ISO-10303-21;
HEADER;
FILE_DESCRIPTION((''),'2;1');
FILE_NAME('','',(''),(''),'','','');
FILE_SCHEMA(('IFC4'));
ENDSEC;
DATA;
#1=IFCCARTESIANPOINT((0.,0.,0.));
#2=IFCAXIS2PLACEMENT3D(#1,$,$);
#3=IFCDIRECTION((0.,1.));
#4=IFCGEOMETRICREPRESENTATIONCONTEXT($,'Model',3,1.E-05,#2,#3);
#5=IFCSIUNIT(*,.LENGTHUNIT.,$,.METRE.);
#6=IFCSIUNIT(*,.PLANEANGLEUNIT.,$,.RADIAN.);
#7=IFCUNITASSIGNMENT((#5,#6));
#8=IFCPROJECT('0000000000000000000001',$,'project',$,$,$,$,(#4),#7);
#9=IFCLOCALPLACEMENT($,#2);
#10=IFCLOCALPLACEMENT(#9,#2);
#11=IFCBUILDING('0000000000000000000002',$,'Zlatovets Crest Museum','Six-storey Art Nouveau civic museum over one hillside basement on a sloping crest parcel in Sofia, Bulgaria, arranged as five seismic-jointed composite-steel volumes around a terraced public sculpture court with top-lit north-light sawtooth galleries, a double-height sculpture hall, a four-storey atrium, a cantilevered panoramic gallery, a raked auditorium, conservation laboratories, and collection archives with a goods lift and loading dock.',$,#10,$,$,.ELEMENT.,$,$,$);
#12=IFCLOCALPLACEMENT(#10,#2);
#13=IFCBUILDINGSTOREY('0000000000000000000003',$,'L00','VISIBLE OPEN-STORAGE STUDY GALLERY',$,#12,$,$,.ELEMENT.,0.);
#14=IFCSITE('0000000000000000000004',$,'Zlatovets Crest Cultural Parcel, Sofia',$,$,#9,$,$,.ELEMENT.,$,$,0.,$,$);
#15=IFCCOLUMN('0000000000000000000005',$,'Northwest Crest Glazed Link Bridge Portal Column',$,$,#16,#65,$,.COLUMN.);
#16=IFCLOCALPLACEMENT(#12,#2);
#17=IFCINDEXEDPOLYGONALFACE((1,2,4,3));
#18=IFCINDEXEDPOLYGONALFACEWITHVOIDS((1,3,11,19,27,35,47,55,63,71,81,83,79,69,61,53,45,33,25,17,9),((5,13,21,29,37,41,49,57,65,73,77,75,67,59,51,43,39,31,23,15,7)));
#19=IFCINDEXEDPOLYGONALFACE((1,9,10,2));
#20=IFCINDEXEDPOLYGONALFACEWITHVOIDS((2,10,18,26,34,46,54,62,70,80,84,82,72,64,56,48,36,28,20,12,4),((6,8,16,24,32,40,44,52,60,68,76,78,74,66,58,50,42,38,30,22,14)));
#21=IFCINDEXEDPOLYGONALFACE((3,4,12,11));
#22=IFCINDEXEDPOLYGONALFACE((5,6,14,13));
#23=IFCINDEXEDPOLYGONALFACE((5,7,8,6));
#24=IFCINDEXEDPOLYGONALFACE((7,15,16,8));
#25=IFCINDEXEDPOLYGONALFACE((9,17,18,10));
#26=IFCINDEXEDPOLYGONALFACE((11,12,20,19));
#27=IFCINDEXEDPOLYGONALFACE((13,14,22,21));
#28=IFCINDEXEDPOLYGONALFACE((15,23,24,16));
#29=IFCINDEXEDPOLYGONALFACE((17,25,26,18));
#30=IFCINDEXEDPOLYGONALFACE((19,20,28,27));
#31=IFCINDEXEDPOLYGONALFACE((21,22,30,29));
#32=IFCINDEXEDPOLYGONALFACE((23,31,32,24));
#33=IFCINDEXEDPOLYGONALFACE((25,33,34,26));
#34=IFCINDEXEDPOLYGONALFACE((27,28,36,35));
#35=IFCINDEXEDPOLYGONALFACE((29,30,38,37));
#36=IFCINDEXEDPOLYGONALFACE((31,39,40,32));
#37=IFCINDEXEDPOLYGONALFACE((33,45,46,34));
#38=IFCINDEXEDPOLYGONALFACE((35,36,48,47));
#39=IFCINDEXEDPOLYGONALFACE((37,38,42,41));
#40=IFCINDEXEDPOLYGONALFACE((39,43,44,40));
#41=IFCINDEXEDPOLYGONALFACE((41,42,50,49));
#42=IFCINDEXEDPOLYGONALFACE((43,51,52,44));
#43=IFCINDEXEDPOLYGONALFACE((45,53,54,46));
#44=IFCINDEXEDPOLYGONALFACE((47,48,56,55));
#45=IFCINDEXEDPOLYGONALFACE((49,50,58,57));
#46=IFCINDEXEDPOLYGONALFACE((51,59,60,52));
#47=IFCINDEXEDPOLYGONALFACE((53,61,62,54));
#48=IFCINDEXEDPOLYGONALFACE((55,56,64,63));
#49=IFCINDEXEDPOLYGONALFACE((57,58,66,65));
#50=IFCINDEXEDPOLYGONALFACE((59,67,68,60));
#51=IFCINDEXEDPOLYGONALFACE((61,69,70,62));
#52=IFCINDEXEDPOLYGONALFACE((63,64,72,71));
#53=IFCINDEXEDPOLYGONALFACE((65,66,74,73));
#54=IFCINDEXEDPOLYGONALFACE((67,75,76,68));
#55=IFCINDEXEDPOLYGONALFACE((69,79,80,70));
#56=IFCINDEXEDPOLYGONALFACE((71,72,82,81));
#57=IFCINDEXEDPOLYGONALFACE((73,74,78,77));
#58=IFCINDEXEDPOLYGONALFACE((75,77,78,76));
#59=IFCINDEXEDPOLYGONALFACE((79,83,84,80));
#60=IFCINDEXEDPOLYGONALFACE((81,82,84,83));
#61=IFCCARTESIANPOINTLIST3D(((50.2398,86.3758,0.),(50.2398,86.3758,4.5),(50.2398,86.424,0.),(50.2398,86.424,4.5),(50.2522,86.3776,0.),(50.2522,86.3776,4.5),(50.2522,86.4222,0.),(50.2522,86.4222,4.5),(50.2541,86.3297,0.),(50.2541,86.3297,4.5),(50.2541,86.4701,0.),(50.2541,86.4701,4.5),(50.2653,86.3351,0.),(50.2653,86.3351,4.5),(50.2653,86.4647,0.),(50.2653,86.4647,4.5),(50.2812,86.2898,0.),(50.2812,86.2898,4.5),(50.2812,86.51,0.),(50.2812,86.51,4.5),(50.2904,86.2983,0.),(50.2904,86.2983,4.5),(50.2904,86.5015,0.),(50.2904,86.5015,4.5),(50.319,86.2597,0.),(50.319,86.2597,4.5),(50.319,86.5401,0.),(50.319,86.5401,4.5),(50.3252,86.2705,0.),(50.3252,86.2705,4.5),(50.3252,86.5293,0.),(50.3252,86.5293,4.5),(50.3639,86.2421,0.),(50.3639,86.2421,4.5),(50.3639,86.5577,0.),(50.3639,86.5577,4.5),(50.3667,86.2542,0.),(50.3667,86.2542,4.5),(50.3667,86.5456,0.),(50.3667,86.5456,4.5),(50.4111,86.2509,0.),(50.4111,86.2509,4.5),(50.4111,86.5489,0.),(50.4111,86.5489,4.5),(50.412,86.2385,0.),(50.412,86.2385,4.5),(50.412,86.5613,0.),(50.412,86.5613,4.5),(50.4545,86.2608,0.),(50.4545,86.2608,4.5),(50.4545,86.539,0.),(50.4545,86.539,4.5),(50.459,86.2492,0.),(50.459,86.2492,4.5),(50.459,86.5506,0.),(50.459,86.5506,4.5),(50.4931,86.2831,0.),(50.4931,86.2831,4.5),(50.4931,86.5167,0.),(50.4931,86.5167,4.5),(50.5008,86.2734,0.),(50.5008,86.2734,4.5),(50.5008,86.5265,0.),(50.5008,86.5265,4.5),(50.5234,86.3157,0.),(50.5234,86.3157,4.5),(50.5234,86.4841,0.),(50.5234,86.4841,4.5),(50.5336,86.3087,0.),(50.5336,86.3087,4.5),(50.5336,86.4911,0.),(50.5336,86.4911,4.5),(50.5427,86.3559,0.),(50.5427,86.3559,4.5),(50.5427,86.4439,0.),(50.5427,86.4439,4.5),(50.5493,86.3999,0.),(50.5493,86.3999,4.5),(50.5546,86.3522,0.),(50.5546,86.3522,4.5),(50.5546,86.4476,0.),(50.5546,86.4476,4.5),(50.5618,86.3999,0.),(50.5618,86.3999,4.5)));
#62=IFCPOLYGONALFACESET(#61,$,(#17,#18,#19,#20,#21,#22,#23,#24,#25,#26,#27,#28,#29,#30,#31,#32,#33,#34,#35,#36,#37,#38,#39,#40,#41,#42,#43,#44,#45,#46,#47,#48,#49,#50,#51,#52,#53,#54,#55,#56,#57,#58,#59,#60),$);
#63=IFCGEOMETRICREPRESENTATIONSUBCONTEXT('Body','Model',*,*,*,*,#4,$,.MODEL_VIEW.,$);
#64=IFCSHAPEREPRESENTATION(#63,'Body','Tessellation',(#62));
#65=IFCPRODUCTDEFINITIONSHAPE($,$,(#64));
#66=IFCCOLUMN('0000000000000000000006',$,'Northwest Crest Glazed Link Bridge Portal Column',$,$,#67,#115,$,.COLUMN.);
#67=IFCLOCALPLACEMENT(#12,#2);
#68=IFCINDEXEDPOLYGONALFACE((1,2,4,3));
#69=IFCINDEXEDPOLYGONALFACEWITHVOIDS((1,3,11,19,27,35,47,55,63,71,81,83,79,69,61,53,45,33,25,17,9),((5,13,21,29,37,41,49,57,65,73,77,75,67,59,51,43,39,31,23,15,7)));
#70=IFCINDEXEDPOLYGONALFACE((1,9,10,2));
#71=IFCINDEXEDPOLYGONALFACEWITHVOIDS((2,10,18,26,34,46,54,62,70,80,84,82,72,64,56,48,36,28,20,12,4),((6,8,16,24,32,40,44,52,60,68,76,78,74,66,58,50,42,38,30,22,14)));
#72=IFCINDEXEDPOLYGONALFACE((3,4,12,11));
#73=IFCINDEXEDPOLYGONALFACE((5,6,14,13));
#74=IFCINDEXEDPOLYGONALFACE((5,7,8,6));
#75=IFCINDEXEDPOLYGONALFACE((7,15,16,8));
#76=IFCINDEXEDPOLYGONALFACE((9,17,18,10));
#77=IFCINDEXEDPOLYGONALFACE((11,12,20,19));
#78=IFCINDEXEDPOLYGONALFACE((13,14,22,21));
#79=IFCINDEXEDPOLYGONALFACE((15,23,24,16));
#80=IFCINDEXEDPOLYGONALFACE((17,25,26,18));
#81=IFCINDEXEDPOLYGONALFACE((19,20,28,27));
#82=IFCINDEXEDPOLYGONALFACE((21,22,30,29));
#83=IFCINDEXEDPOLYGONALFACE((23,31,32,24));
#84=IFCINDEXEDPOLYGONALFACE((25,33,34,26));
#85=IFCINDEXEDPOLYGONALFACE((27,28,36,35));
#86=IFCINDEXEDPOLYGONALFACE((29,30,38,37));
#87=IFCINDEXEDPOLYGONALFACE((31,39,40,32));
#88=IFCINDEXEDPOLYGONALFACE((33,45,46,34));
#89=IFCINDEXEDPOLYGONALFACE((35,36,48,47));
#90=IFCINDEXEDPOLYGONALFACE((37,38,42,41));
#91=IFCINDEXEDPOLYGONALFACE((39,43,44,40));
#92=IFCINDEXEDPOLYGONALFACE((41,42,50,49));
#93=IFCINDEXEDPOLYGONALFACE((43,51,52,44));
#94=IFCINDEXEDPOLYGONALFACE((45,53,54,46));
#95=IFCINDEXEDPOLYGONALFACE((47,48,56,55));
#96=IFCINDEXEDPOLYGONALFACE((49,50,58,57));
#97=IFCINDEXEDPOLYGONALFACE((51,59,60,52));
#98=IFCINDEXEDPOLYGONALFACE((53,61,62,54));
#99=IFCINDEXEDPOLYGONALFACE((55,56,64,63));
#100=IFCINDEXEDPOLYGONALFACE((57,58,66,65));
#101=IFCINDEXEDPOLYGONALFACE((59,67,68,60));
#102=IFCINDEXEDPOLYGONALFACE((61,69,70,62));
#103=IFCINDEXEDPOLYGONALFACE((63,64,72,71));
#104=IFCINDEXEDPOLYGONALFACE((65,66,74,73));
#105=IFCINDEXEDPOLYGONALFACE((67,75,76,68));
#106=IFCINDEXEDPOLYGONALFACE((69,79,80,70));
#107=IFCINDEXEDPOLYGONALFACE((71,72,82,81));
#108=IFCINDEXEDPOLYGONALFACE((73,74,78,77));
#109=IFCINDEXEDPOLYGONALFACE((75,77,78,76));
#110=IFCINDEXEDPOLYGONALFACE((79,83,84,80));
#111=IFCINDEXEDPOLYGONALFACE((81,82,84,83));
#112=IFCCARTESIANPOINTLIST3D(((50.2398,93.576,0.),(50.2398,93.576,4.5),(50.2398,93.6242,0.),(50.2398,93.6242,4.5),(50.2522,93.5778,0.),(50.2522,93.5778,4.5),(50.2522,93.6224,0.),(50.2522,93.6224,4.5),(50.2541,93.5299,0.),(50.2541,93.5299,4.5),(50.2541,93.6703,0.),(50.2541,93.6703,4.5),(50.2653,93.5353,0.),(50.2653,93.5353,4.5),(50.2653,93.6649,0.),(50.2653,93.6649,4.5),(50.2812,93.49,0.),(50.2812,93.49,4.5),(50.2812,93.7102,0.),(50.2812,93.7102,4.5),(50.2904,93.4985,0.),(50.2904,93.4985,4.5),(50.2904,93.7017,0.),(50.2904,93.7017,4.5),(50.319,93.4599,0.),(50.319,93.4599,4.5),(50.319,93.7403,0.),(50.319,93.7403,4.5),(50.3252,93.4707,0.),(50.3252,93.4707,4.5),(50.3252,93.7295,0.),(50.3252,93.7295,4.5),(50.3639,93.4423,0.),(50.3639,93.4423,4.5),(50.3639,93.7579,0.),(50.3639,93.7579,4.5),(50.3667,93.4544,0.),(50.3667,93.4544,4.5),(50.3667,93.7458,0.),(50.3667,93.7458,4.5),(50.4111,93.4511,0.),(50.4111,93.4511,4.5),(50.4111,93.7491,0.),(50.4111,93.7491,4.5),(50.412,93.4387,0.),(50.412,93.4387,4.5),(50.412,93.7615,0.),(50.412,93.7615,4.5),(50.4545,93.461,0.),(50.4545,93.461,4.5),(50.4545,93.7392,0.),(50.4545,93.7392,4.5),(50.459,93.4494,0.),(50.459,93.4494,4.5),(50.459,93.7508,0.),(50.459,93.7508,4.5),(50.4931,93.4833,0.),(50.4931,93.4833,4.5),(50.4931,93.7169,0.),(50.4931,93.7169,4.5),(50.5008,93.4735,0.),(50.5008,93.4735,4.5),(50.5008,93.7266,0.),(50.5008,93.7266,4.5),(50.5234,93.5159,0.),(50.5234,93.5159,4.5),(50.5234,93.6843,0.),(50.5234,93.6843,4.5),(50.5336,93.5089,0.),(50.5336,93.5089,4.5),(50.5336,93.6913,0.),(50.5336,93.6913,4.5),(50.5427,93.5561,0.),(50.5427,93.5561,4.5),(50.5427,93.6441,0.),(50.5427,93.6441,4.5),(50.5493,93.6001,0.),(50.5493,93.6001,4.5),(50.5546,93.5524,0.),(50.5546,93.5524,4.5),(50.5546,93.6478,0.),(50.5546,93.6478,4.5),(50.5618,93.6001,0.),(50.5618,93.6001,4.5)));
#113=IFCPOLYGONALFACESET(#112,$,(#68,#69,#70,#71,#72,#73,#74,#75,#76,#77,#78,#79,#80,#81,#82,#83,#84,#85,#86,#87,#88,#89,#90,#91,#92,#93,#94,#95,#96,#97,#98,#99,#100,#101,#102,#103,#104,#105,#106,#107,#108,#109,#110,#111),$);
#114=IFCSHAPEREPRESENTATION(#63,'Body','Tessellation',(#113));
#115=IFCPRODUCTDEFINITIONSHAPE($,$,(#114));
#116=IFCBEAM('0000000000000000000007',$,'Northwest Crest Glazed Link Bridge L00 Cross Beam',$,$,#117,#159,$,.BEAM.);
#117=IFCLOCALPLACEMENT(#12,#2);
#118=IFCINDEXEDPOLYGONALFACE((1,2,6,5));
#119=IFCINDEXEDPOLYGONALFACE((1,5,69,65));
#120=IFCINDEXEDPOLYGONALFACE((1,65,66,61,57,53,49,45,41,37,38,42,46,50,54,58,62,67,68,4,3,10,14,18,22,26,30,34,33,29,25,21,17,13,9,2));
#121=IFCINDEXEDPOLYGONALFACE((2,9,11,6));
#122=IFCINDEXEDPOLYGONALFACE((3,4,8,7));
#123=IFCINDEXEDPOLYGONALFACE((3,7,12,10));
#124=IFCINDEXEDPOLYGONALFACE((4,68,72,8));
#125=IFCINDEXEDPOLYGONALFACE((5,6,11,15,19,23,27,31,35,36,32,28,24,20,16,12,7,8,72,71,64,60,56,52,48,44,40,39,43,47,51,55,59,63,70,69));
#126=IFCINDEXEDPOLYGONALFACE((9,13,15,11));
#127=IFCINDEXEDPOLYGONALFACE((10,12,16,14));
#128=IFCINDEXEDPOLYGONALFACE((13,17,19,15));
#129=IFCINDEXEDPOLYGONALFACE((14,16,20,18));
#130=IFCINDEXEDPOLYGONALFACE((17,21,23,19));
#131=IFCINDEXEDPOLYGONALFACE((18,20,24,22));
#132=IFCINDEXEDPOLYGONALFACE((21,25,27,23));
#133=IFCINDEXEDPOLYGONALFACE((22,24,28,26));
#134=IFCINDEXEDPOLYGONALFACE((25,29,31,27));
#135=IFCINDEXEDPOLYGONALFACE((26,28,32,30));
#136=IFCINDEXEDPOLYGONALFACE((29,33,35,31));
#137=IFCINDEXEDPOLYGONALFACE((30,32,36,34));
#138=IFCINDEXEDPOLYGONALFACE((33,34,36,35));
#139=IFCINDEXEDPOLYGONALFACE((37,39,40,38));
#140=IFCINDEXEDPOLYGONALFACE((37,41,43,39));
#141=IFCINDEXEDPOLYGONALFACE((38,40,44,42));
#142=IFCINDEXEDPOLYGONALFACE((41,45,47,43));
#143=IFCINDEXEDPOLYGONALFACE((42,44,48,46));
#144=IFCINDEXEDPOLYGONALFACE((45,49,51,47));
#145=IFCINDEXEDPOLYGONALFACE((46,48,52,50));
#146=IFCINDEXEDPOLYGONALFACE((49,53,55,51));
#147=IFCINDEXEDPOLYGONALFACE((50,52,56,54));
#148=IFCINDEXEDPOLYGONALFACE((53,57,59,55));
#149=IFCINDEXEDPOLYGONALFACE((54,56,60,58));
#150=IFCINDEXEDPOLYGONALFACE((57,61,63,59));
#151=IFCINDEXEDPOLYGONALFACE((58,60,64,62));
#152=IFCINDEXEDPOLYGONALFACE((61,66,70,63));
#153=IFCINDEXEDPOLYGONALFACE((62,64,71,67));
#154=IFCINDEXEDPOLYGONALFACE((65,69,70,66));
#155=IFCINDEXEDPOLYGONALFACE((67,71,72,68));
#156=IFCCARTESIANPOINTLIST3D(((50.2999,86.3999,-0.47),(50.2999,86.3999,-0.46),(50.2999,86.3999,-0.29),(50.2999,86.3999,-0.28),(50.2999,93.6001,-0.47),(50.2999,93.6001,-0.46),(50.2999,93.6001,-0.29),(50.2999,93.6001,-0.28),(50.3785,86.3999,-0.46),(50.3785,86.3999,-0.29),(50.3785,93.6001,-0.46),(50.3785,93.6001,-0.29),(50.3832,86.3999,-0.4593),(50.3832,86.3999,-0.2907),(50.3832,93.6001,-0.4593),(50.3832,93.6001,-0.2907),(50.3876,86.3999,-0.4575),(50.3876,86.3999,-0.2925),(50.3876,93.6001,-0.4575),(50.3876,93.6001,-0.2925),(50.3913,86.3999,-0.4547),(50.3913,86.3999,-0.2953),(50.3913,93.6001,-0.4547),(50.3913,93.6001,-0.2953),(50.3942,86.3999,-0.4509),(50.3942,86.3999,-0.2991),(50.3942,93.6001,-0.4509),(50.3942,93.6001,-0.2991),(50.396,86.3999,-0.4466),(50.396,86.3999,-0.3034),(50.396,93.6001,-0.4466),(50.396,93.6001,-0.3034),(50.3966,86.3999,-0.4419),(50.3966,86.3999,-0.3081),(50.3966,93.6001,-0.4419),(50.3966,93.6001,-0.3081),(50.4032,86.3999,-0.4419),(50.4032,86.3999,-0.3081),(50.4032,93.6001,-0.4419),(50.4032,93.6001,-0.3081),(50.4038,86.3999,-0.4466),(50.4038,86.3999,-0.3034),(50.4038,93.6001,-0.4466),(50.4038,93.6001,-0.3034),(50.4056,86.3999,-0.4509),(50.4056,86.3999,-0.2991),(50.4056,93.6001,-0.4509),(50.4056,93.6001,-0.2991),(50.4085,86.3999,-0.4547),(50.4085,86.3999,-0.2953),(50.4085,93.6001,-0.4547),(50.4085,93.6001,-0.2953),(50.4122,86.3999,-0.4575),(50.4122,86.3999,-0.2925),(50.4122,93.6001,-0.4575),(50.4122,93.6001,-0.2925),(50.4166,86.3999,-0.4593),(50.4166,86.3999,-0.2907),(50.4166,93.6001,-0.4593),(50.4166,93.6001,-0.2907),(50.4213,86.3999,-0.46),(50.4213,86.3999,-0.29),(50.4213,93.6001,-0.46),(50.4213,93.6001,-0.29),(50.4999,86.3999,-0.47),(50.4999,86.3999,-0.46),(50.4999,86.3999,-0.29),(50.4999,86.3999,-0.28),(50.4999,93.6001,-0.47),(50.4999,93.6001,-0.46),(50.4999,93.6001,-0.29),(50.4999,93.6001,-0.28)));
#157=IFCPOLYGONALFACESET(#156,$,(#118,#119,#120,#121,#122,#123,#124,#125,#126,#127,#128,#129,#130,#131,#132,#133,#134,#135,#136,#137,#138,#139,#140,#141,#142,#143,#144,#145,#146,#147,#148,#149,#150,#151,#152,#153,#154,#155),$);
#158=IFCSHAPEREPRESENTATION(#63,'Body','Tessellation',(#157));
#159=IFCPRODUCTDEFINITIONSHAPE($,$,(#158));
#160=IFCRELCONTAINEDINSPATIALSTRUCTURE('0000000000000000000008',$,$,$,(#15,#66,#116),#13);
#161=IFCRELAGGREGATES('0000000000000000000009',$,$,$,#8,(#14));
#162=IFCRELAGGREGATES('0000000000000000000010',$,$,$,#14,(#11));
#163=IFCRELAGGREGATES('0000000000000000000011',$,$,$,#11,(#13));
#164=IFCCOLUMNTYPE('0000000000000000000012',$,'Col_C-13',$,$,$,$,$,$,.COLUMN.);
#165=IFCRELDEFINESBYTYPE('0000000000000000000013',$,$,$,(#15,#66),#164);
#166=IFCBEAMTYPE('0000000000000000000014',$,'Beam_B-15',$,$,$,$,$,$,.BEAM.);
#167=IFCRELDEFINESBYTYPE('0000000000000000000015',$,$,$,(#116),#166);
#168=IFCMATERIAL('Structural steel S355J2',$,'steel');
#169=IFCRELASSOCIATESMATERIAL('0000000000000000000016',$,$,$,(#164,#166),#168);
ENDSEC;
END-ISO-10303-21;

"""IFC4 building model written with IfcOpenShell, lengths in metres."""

from ifc_helpers import new_model, si_unit, direction, frame, origin, origin_2d, place, context, subcontext, project, spatial, hollow_circle, i_section, extrude, material, material_profile, profile_set, type_object, element, save


model = new_model("IFC4")

# Units and contexts
model_context = context("Model", 3, precision=1e-05, world=origin(), true_north=direction((0.0, 1.0)))
body_context = subcontext(model_context, "Body", "Model", "MODEL_VIEW")
ifc_project = project(units=[si_unit("LENGTHUNIT", "METRE"), si_unit("PLANEANGLEUNIT", "RADIAN")], contexts=[model_context])

# Site, building, storey
site_placement = place(None, origin())
site = spatial("IfcSite", under=ifc_project, at=site_placement, Name="Zlatovets Crest Cultural Parcel, Sofia", CompositionType="ELEMENT", RefElevation=0.0)
building_placement = place(site_placement, origin())
building = spatial("IfcBuilding", under=site, at=building_placement, Name="Zlatovets Crest Museum", Description="Six-storey Art Nouveau civic museum over one hillside basement on a sloping crest parcel in Sofia, Bulgaria, arranged as five seismic-jointed composite-steel volumes around a terraced public sculpture court with top-lit north-light sawtooth galleries, a double-height sculpture hall, a four-storey atrium, a cantilevered panoramic gallery, a raked auditorium, conservation laboratories, and collection archives with a goods lift and loading dock.", CompositionType="ELEMENT")
storey_placement = place(building_placement, origin())
storey = spatial("IfcBuildingStorey", under=building, at=storey_placement, Name="L00", Description="VISIBLE OPEN-STORAGE STUDY GALLERY", CompositionType="ELEMENT", Elevation=0.0)

# Columns
ifc_material_1 = material(Name="Structural steel S355J2", Category="steel")
ifc_material_profile_1 = material_profile(ifc_material_1, hollow_circle(Radius=0.1619, WallThickness=0.0125, at=origin_2d()), Name="CHS 323.9x12.5")
ifc_profile_set_1 = profile_set([ifc_material_profile_1], Name="Structural steel S355J2")
column_type = type_object("IfcColumnType", Name="Col_C-13", PredefinedType="COLUMN", material=ifc_profile_set_1)
for number, where, z_axis, x_axis, name in (
    (1, (50.3999, 86.3999, 0.0), (0.0, 0.0, 1.0), (1.0, 0.0, 0.0), "Northwest Crest Glazed Link Bridge Portal Column"),
    (2, (50.3999, 93.6001, 0.0), (0.0, 0.0, 1.0), (1.0, 0.0, 0.0), "Northwest Crest Glazed Link Bridge Portal Column"),
):
    element("IfcColumn", number, at=place(storey_placement, frame(where, z_axis=z_axis, x_axis=x_axis)), inside=storey, type_object=column_type, Name=name, PredefinedType="COLUMN", context=body_context, shape_type="SweptSolid", body=[
        extrude(hollow_circle(Radius=0.1619, WallThickness=0.0125, at=origin_2d()), origin(), (0.0, 0.0, 1.0), 4.5),
    ])

# Beam
ifc_material_profile_2 = material_profile(ifc_material_1, i_section(OverallWidth=0.2, OverallDepth=0.1899, WebThickness=0.0066, FlangeThickness=0.01, FilletRadius=0.0181, at=origin_2d()), Name="HEA 200")
ifc_profile_set_2 = profile_set([ifc_material_profile_2], Name="Structural steel S355J2")
beam_type_1 = type_object("IfcBeamType", Name="Beam_B-15", PredefinedType="BEAM", material=ifc_profile_set_2)
beam_placement = place(storey_placement, frame((50.3999, 86.3999, -0.375), z_axis=(0.0, 1.0, 0.0), x_axis=(-1.0, 0.0, 0.0)))
element("IfcBeam", 3, at=beam_placement, inside=storey, type_object=beam_type_1, Name="Northwest Crest Glazed Link Bridge L00 Cross Beam", PredefinedType="BEAM", context=body_context, shape_type="SweptSolid", body=[
    extrude(i_section(OverallWidth=0.2, OverallDepth=0.1899, WebThickness=0.0066, FlangeThickness=0.01, FilletRadius=0.0181, at=origin_2d()), origin(), (0.0, 0.0, 1.0), 7.2002),
])

save(model, "model.ifc")
